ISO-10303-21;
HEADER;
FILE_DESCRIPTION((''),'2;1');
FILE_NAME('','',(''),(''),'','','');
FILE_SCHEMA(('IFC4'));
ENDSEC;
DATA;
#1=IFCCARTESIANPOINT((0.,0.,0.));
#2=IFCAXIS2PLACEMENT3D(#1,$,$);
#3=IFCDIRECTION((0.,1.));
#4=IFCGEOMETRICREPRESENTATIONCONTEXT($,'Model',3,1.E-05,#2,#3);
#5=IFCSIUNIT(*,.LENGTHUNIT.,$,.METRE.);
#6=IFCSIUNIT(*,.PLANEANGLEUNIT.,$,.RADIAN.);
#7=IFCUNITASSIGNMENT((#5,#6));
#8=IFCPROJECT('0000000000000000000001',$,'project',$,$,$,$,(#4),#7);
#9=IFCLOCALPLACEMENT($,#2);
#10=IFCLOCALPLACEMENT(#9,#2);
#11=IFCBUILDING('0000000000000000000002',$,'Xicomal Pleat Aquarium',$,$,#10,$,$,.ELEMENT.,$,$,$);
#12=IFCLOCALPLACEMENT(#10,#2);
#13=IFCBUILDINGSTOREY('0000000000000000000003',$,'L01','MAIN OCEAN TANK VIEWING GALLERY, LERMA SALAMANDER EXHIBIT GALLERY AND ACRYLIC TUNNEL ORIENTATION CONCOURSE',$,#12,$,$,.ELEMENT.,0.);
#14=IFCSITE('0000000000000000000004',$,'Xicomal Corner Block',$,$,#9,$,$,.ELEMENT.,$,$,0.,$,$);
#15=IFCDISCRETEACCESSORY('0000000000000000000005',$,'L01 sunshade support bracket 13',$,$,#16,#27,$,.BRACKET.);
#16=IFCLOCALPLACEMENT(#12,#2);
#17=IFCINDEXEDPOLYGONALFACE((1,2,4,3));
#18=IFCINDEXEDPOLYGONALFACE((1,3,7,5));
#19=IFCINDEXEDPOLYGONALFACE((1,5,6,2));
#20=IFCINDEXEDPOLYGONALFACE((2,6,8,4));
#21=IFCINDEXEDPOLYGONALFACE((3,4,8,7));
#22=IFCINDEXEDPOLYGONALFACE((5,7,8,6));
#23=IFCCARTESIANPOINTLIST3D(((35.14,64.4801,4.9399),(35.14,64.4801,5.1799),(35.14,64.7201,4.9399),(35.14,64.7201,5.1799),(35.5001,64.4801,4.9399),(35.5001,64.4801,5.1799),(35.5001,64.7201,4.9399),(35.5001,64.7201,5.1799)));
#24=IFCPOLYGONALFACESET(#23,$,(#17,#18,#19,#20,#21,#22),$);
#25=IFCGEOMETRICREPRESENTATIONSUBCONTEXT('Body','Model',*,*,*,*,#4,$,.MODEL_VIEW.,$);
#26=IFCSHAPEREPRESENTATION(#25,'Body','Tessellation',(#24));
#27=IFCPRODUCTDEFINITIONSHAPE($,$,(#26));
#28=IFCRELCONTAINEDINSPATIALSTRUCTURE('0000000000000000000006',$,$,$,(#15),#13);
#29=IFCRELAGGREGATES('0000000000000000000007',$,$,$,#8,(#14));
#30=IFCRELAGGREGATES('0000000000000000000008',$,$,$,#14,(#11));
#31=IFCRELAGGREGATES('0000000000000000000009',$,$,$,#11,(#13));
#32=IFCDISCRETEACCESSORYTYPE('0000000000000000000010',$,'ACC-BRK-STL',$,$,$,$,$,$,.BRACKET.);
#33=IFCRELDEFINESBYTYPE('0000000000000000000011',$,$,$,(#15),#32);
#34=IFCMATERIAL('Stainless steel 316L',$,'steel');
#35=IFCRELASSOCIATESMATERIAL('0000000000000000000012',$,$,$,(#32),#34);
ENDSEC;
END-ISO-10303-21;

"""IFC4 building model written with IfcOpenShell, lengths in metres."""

from ifc_helpers import new_model, si_unit, direction, frame, origin, origin_2d, place, context, subcontext, project, spatial, rectangle, extrude, material, type_object, element, save


model = new_model("IFC4")

# Units and contexts
model_context = context("Model", 3, precision=1e-05, world=origin(), true_north=direction((0.0, 1.0)))
body_context = subcontext(model_context, "Body", "Model", "MODEL_VIEW")
ifc_project = project(units=[si_unit("LENGTHUNIT", "METRE"), si_unit("PLANEANGLEUNIT", "RADIAN")], contexts=[model_context])

# Site, building, storey
site_placement = place(None, origin())
site = spatial("IfcSite", under=ifc_project, at=site_placement, Name="Xicomal Corner Block", CompositionType="ELEMENT", RefElevation=0.0)
building_placement = place(site_placement, origin())
building = spatial("IfcBuilding", under=site, at=building_placement, Name="Xicomal Pleat Aquarium", CompositionType="ELEMENT")
storey_placement = place(building_placement, origin())
storey = spatial("IfcBuildingStorey", under=building, at=storey_placement, Name="L01", Description="MAIN OCEAN TANK VIEWING GALLERY, LERMA SALAMANDER EXHIBIT GALLERY AND ACRYLIC TUNNEL ORIENTATION CONCOURSE", CompositionType="ELEMENT", Elevation=0.0)

# Discrete accessory
ifc_material_1 = material(Name="Stainless steel 316L", Category="steel")
discrete_accessory_type = type_object("IfcDiscreteAccessoryType", Name="ACC-BRK-STL", PredefinedType="BRACKET", material=ifc_material_1)
discrete_accessory_placement = place(storey_placement, frame((35.3201, 64.6001, 4.9399), z_axis=(0.0, 0.0, 1.0), x_axis=(0.0, -1.0, 0.0)))
element("IfcDiscreteAccessory", 1, at=discrete_accessory_placement, inside=storey, type_object=discrete_accessory_type, Name="L01 sunshade support bracket 13", PredefinedType="BRACKET", context=body_context, shape_type="SweptSolid", body=[
    extrude(rectangle(XDim=0.24, YDim=0.3601, at=origin_2d()), origin(), (0.0, 0.0, 1.0), 0.24),
])

save(model, "model.ifc")
